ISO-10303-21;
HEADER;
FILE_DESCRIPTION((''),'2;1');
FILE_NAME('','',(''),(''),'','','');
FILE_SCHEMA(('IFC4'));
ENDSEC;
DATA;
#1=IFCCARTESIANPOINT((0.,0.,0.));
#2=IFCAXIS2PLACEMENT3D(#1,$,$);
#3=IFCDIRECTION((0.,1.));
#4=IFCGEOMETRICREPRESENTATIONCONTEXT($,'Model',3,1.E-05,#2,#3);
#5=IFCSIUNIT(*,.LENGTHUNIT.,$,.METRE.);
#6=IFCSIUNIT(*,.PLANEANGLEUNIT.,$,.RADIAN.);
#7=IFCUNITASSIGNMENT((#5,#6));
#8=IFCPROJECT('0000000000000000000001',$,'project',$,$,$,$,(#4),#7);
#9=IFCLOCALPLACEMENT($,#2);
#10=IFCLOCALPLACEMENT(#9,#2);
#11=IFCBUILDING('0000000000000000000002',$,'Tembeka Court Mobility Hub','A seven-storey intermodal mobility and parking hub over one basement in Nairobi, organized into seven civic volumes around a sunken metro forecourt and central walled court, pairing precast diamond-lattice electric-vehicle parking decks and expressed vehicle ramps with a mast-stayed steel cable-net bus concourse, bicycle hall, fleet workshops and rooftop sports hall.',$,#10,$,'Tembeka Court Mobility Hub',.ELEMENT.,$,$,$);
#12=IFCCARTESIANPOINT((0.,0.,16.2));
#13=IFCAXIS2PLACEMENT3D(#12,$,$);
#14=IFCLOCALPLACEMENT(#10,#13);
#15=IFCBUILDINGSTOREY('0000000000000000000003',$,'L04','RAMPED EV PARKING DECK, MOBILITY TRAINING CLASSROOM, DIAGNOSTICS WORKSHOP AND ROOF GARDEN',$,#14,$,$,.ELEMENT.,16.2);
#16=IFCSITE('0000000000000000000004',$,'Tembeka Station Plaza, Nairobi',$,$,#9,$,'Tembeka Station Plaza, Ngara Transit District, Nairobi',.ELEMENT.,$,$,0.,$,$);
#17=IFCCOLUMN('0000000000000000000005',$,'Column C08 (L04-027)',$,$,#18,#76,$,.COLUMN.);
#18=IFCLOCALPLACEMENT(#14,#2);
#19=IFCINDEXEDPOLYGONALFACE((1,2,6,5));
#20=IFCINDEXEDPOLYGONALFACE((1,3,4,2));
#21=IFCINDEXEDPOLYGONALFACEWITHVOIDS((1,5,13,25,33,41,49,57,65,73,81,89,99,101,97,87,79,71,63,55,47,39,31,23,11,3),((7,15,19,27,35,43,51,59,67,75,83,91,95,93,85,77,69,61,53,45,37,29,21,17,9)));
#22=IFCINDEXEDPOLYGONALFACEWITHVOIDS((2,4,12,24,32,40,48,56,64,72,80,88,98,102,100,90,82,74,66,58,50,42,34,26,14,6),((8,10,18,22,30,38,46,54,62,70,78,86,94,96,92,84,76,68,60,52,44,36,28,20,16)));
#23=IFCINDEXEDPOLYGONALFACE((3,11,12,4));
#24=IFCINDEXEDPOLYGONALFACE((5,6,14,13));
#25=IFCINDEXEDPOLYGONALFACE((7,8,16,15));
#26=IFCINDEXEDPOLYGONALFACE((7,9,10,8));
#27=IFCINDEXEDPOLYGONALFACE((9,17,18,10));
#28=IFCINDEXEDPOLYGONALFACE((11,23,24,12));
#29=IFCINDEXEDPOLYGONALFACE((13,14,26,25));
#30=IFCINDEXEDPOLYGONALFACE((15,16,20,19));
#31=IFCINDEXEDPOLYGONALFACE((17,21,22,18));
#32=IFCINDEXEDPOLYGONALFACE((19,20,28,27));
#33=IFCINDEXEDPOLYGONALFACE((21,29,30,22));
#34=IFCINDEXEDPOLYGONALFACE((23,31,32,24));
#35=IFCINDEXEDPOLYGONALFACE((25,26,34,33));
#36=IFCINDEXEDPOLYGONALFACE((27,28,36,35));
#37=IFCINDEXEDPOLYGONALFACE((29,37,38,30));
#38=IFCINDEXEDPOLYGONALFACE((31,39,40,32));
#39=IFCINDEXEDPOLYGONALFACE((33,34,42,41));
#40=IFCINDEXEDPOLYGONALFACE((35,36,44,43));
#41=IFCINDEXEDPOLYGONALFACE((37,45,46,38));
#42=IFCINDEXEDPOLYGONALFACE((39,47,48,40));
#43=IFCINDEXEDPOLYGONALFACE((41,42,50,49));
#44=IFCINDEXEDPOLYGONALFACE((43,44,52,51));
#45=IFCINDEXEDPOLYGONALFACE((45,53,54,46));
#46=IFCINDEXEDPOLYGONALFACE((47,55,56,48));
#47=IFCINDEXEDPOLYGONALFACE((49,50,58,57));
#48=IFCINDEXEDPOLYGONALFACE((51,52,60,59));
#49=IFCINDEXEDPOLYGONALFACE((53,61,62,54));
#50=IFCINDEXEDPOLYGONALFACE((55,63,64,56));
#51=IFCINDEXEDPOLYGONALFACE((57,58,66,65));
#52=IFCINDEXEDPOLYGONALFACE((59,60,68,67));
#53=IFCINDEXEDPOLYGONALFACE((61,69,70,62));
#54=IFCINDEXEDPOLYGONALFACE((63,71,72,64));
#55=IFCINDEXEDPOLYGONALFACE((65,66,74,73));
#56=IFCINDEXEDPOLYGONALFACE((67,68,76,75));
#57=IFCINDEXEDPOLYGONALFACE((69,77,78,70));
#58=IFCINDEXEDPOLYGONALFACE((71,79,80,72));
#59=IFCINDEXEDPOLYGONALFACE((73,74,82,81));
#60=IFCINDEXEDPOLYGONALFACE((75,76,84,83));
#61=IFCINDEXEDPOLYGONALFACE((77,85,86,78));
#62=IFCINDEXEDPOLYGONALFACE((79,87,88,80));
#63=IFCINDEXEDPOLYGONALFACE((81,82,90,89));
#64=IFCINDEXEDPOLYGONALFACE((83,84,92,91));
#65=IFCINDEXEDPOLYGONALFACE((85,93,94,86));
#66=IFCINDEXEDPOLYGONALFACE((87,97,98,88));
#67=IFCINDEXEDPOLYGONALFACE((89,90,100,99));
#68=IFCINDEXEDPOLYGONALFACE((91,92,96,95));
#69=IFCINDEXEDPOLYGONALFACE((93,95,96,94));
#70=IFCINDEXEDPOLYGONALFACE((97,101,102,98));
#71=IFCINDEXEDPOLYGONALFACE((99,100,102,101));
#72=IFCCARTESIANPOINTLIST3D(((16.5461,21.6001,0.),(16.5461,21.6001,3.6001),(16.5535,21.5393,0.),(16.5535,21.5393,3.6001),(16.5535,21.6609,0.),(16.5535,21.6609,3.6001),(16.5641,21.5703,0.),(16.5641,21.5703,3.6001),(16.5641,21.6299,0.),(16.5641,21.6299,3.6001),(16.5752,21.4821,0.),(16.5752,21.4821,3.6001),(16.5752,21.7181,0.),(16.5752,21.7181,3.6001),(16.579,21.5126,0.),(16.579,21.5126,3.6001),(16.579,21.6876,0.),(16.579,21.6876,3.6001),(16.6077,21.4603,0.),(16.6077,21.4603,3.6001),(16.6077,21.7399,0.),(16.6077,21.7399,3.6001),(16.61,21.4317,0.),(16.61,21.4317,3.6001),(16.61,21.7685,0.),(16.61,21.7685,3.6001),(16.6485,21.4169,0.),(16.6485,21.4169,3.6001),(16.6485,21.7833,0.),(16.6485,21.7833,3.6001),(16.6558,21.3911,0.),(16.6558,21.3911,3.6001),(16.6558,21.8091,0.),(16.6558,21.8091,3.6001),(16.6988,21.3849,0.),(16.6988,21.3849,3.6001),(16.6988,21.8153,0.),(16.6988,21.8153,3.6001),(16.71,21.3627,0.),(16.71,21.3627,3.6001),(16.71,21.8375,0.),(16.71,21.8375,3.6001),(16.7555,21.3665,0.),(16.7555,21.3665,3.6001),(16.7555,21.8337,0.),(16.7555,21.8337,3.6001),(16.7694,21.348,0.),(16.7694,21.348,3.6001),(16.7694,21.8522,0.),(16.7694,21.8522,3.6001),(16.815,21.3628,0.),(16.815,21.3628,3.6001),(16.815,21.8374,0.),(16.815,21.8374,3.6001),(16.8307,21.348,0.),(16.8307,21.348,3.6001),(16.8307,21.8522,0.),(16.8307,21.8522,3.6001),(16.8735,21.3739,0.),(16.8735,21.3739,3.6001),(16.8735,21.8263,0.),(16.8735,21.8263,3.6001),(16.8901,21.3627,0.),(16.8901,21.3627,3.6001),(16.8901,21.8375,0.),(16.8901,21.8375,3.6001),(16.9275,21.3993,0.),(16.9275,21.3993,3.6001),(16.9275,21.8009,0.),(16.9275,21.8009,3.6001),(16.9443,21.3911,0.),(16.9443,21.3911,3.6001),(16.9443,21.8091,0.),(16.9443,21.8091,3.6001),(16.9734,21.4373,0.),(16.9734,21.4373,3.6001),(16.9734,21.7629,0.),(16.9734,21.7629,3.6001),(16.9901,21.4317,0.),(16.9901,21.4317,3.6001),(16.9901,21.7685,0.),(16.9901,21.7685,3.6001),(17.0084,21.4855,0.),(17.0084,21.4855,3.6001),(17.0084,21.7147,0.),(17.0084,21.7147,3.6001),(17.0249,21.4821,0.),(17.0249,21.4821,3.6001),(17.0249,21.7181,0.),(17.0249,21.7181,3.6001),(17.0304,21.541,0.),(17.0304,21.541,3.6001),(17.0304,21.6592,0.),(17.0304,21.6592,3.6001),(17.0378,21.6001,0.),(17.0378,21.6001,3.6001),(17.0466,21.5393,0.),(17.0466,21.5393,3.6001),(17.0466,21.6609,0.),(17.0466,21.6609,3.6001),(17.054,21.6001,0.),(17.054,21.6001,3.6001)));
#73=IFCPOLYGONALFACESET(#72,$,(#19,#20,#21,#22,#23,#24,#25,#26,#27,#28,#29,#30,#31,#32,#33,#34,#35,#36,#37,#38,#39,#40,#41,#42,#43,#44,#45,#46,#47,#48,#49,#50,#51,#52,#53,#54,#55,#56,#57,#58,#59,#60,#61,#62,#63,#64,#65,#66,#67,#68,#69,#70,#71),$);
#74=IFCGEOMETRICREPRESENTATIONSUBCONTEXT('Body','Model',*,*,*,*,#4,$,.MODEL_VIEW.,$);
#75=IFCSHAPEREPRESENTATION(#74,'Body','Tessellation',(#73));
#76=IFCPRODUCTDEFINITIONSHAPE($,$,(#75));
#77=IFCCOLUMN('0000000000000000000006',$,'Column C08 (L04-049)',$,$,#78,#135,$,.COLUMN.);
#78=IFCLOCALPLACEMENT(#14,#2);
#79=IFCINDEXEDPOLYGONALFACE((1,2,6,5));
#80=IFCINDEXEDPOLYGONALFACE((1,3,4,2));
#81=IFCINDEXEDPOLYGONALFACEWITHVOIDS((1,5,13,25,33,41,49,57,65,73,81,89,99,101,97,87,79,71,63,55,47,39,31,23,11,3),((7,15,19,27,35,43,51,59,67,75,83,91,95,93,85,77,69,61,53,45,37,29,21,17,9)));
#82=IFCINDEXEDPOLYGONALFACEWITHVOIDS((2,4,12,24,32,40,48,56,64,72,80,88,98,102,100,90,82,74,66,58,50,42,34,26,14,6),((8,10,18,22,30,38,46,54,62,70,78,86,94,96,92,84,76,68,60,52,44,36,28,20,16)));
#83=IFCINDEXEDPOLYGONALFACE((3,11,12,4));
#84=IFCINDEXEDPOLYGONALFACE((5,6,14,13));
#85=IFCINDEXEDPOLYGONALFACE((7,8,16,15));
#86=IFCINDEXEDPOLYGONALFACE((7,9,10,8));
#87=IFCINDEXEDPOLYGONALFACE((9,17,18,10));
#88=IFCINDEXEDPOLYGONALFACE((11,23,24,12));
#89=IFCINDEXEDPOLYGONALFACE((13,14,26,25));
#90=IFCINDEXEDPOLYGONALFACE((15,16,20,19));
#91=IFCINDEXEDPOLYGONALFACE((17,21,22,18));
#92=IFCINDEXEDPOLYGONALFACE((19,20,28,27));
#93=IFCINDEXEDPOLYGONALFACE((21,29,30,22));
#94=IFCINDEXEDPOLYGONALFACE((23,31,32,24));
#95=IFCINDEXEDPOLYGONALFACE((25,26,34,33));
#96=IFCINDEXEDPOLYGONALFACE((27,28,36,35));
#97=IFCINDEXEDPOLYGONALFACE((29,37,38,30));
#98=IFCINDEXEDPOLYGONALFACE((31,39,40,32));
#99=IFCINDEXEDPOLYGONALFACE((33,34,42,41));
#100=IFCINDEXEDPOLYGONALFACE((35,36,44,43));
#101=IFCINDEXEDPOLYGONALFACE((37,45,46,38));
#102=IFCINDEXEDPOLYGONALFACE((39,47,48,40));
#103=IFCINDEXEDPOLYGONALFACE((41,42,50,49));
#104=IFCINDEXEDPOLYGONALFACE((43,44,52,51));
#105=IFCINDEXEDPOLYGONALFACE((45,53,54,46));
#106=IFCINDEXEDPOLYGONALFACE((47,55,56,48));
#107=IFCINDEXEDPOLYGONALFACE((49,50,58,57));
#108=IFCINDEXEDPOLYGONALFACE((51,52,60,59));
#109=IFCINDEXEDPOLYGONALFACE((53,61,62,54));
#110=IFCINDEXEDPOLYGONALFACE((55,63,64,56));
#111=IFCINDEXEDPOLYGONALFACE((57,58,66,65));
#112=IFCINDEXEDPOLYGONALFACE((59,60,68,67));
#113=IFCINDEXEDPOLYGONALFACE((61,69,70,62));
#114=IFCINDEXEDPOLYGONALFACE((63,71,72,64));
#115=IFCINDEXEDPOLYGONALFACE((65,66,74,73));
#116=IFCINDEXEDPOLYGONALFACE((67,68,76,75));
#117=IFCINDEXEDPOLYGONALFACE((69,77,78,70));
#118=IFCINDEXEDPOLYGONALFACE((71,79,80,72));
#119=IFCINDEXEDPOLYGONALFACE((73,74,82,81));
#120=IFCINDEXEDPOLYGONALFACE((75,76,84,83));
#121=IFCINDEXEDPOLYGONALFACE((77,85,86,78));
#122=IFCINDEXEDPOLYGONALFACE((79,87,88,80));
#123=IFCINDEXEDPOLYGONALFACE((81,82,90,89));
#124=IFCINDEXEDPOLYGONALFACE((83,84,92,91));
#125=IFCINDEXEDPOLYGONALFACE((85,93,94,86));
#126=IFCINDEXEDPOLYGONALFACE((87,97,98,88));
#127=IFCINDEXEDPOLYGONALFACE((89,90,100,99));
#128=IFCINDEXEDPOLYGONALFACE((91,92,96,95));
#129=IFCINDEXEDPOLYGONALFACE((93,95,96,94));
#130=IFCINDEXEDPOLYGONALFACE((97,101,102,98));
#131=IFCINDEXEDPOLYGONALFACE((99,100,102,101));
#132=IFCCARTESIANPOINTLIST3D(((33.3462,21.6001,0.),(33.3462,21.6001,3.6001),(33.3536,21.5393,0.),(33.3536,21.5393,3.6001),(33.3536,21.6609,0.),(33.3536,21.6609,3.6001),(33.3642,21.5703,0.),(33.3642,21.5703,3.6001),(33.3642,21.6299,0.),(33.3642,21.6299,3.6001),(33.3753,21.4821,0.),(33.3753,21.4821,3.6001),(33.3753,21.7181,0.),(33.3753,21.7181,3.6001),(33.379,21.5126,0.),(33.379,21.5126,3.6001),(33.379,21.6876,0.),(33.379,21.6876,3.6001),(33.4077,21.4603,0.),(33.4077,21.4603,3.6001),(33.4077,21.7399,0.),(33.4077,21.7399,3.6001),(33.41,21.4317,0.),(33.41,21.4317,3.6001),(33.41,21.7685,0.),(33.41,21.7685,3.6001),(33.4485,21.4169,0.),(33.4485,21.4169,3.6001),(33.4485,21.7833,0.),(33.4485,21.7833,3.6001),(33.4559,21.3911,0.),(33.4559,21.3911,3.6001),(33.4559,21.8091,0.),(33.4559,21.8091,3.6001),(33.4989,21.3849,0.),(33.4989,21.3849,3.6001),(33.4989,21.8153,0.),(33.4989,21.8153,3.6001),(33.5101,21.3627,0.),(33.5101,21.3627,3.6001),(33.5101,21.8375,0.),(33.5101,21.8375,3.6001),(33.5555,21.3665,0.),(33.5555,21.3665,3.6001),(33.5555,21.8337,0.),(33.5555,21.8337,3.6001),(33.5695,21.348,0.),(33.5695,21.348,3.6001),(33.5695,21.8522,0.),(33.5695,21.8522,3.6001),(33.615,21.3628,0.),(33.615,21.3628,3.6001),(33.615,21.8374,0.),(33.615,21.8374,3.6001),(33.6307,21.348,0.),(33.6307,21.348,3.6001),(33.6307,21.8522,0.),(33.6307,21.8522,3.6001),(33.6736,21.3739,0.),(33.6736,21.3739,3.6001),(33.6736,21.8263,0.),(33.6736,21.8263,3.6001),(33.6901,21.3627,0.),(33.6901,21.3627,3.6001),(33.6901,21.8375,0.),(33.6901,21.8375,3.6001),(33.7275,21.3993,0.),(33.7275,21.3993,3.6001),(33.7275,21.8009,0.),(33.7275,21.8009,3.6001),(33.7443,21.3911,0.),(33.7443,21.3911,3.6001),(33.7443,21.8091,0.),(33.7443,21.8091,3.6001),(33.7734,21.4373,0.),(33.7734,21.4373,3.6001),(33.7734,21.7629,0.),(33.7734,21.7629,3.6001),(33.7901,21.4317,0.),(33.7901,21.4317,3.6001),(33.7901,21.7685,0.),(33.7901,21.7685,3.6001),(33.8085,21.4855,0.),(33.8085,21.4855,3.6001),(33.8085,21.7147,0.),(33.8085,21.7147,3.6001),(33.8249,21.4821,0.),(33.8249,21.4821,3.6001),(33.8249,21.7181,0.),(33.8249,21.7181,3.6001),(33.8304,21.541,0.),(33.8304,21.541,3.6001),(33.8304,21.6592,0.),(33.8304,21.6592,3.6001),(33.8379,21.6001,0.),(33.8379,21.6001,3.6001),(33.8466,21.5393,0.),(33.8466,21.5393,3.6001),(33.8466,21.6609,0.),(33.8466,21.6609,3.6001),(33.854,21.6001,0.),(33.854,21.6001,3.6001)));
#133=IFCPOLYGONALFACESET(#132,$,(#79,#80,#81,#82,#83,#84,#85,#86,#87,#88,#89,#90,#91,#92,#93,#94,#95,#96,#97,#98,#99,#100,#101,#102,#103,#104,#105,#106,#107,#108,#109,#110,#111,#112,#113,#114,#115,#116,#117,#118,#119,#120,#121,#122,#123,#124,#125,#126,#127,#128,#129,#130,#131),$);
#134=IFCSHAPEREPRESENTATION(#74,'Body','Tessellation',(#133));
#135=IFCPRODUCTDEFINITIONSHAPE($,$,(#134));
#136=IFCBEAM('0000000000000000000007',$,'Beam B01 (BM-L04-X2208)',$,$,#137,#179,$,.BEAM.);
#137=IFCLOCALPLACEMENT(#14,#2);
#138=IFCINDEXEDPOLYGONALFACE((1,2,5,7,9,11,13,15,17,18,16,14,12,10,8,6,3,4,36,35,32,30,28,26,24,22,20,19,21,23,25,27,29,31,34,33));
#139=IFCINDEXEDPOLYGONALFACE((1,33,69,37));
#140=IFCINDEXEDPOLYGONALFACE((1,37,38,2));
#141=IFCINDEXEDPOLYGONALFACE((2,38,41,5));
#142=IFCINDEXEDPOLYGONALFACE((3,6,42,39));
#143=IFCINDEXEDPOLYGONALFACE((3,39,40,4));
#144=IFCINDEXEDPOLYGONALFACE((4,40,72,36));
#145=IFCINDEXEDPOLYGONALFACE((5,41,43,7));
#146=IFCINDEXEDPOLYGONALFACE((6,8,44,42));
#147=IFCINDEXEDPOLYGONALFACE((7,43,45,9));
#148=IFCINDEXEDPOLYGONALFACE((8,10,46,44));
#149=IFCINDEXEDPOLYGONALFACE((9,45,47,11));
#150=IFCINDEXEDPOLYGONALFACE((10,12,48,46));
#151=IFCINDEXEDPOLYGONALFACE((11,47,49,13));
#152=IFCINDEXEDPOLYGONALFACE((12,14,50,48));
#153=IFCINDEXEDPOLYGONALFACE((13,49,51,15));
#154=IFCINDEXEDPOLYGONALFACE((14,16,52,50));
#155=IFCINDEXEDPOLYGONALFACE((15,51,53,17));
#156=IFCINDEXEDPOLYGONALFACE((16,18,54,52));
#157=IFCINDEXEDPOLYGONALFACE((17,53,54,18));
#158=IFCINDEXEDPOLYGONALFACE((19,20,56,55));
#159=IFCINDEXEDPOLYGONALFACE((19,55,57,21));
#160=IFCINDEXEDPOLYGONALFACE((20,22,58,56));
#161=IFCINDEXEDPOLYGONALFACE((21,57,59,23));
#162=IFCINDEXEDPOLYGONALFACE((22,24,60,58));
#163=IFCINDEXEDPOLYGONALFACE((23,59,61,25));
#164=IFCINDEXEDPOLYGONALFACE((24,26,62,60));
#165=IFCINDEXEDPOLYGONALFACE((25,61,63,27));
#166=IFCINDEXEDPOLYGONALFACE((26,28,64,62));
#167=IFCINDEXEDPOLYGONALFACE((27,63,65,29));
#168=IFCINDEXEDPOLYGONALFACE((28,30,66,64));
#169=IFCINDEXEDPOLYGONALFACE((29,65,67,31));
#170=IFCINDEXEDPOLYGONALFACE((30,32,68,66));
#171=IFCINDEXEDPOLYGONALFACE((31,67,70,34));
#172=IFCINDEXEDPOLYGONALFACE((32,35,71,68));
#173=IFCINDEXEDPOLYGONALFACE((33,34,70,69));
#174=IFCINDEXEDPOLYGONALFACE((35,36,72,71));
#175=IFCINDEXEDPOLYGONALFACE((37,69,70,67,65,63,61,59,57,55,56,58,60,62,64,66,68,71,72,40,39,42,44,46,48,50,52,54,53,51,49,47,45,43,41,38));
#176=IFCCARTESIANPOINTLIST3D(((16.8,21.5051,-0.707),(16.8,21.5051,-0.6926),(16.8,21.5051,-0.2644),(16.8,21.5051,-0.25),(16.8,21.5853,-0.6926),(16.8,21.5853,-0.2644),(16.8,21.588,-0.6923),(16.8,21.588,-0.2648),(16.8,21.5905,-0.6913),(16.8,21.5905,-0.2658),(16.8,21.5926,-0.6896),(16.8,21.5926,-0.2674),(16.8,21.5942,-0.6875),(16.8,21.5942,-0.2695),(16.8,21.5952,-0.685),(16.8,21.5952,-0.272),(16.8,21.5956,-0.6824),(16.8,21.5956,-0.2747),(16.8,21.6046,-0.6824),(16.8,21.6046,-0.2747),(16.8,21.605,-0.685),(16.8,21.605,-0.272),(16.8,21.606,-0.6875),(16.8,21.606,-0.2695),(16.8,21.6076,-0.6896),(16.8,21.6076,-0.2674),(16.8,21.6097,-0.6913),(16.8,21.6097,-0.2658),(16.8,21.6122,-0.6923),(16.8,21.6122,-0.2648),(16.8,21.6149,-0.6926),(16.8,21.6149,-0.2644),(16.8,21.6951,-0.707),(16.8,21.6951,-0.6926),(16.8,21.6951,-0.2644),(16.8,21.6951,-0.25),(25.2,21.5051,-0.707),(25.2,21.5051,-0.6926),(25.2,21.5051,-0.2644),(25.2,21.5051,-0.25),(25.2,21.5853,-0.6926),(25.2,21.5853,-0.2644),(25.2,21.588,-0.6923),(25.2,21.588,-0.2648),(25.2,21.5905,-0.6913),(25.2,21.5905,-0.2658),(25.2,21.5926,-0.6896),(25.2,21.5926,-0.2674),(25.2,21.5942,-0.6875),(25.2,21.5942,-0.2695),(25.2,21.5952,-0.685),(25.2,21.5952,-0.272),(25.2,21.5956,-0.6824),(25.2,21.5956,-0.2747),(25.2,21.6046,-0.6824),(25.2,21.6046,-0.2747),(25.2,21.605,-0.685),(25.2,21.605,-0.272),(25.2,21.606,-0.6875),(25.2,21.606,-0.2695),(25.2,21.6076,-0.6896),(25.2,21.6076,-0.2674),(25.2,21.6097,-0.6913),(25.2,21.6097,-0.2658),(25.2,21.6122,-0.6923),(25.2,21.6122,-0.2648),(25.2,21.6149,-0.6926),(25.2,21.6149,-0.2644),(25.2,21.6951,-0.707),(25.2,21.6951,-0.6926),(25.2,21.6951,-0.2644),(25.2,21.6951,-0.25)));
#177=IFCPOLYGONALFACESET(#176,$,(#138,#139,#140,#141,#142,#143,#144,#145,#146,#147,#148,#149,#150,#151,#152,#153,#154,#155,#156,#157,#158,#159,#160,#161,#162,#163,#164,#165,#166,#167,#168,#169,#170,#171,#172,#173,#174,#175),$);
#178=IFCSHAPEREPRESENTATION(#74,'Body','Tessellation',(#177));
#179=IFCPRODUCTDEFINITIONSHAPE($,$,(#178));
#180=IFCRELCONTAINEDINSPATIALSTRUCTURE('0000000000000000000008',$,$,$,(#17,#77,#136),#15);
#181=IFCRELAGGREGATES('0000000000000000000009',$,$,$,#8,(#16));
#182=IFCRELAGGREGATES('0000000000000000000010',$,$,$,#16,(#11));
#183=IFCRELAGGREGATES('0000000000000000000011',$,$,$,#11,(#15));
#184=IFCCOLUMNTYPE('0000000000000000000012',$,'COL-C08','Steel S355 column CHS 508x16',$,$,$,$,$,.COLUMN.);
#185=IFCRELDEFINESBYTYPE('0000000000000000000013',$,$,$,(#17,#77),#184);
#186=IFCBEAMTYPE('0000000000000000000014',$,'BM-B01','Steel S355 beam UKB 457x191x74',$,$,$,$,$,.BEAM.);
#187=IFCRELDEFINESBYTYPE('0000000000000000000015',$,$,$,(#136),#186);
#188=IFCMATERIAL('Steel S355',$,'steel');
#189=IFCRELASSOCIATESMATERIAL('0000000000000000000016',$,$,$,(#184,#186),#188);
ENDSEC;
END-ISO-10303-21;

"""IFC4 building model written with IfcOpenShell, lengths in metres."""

from ifc_helpers import new_model, si_unit, direction, frame, origin, origin_2d, place, context, subcontext, project, spatial, hollow_circle, i_section, extrude, material, material_profile, profile_set, type_object, element, save


model = new_model("IFC4")

# Units and contexts
model_context = context("Model", 3, precision=1e-05, world=origin(), true_north=direction((0.0, 1.0)))
body_context = subcontext(model_context, "Body", "Model", "MODEL_VIEW")
ifc_project = project(units=[si_unit("LENGTHUNIT", "METRE"), si_unit("PLANEANGLEUNIT", "RADIAN")], contexts=[model_context])

# Site, building, storey
site_placement = place(None, origin())
site = spatial("IfcSite", under=ifc_project, at=site_placement, Name="Tembeka Station Plaza, Nairobi", LongName="Tembeka Station Plaza, Ngara Transit District, Nairobi", CompositionType="ELEMENT", RefElevation=0.0)
building_placement = place(site_placement, origin())
building = spatial("IfcBuilding", under=site, at=building_placement, Name="Tembeka Court Mobility Hub", Description="A seven-storey intermodal mobility and parking hub over one basement in Nairobi, organized into seven civic volumes around a sunken metro forecourt and central walled court, pairing precast diamond-lattice electric-vehicle parking decks and expressed vehicle ramps with a mast-stayed steel cable-net bus concourse, bicycle hall, fleet workshops and rooftop sports hall.", LongName="Tembeka Court Mobility Hub", CompositionType="ELEMENT")
storey_placement = place(building_placement, frame((0.0, 0.0, 16.2)))
storey = spatial("IfcBuildingStorey", under=building, at=storey_placement, Name="L04", Description="RAMPED EV PARKING DECK, MOBILITY TRAINING CLASSROOM, DIAGNOSTICS WORKSHOP AND ROOF GARDEN", CompositionType="ELEMENT", Elevation=16.2)

# Columns
ifc_material_1 = material(Name="Steel S355", Category="steel")
ifc_material_profile_1 = material_profile(ifc_material_1, hollow_circle(Radius=0.2539, WallThickness=0.0161, at=origin_2d()), Name="CHS 508x16")
ifc_profile_set_1 = profile_set([ifc_material_profile_1], Name="Steel S355")
column_type_1 = type_object("IfcColumnType", Name="COL-C08", Description="Steel S355 column CHS 508x16", PredefinedType="COLUMN", material=ifc_profile_set_1)
for number, where, z_axis, x_axis, name in (
    (1, (16.8, 21.6001, 0.0), (0.0, 0.0, 1.0), (1.0, 0.0, 0.0), "Column C08 (L04-027)"),
    (2, (33.6001, 21.6001, 0.0), (0.0, 0.0, 1.0), (1.0, 0.0, 0.0), "Column C08 (L04-049)"),
):
    element("IfcColumn", number, at=place(storey_placement, frame(where, z_axis=z_axis, x_axis=x_axis)), inside=storey, type_object=column_type_1, Name=name, PredefinedType="COLUMN", context=body_context, shape_type="SweptSolid", body=[
        extrude(hollow_circle(Radius=0.2539, WallThickness=0.0161, at=origin_2d()), origin(), (0.0, 0.0, 1.0), 3.6001),
    ])

# Beam
ifc_material_profile_2 = material_profile(ifc_material_1, i_section(OverallWidth=0.1899, OverallDepth=0.457, WebThickness=0.009, FlangeThickness=0.0144, FilletRadius=0.0103, at=origin_2d()), Name="UKB 457x191x74")
ifc_profile_set_2 = profile_set([ifc_material_profile_2], Name="Steel S355")
beam_type_1 = type_object("IfcBeamType", Name="BM-B01", Description="Steel S355 beam UKB 457x191x74", PredefinedType="BEAM", material=ifc_profile_set_2)
beam_1_placement = place(storey_placement, frame((16.8, 21.6001, -0.4785), z_axis=(1.0, 0.0, 0.0), x_axis=(0.0, 1.0, 0.0)))
element("IfcBeam", 3, at=beam_1_placement, inside=storey, type_object=beam_type_1, Name="Beam B01 (BM-L04-X2208)", PredefinedType="BEAM", context=body_context, shape_type="SweptSolid", body=[
    extrude(i_section(OverallWidth=0.1899, OverallDepth=0.457, WebThickness=0.009, FlangeThickness=0.0144, FilletRadius=0.0103, at=origin_2d()), origin(), (0.0, 0.0, 1.0), 8.3999),
])

save(model, "model.ifc")
